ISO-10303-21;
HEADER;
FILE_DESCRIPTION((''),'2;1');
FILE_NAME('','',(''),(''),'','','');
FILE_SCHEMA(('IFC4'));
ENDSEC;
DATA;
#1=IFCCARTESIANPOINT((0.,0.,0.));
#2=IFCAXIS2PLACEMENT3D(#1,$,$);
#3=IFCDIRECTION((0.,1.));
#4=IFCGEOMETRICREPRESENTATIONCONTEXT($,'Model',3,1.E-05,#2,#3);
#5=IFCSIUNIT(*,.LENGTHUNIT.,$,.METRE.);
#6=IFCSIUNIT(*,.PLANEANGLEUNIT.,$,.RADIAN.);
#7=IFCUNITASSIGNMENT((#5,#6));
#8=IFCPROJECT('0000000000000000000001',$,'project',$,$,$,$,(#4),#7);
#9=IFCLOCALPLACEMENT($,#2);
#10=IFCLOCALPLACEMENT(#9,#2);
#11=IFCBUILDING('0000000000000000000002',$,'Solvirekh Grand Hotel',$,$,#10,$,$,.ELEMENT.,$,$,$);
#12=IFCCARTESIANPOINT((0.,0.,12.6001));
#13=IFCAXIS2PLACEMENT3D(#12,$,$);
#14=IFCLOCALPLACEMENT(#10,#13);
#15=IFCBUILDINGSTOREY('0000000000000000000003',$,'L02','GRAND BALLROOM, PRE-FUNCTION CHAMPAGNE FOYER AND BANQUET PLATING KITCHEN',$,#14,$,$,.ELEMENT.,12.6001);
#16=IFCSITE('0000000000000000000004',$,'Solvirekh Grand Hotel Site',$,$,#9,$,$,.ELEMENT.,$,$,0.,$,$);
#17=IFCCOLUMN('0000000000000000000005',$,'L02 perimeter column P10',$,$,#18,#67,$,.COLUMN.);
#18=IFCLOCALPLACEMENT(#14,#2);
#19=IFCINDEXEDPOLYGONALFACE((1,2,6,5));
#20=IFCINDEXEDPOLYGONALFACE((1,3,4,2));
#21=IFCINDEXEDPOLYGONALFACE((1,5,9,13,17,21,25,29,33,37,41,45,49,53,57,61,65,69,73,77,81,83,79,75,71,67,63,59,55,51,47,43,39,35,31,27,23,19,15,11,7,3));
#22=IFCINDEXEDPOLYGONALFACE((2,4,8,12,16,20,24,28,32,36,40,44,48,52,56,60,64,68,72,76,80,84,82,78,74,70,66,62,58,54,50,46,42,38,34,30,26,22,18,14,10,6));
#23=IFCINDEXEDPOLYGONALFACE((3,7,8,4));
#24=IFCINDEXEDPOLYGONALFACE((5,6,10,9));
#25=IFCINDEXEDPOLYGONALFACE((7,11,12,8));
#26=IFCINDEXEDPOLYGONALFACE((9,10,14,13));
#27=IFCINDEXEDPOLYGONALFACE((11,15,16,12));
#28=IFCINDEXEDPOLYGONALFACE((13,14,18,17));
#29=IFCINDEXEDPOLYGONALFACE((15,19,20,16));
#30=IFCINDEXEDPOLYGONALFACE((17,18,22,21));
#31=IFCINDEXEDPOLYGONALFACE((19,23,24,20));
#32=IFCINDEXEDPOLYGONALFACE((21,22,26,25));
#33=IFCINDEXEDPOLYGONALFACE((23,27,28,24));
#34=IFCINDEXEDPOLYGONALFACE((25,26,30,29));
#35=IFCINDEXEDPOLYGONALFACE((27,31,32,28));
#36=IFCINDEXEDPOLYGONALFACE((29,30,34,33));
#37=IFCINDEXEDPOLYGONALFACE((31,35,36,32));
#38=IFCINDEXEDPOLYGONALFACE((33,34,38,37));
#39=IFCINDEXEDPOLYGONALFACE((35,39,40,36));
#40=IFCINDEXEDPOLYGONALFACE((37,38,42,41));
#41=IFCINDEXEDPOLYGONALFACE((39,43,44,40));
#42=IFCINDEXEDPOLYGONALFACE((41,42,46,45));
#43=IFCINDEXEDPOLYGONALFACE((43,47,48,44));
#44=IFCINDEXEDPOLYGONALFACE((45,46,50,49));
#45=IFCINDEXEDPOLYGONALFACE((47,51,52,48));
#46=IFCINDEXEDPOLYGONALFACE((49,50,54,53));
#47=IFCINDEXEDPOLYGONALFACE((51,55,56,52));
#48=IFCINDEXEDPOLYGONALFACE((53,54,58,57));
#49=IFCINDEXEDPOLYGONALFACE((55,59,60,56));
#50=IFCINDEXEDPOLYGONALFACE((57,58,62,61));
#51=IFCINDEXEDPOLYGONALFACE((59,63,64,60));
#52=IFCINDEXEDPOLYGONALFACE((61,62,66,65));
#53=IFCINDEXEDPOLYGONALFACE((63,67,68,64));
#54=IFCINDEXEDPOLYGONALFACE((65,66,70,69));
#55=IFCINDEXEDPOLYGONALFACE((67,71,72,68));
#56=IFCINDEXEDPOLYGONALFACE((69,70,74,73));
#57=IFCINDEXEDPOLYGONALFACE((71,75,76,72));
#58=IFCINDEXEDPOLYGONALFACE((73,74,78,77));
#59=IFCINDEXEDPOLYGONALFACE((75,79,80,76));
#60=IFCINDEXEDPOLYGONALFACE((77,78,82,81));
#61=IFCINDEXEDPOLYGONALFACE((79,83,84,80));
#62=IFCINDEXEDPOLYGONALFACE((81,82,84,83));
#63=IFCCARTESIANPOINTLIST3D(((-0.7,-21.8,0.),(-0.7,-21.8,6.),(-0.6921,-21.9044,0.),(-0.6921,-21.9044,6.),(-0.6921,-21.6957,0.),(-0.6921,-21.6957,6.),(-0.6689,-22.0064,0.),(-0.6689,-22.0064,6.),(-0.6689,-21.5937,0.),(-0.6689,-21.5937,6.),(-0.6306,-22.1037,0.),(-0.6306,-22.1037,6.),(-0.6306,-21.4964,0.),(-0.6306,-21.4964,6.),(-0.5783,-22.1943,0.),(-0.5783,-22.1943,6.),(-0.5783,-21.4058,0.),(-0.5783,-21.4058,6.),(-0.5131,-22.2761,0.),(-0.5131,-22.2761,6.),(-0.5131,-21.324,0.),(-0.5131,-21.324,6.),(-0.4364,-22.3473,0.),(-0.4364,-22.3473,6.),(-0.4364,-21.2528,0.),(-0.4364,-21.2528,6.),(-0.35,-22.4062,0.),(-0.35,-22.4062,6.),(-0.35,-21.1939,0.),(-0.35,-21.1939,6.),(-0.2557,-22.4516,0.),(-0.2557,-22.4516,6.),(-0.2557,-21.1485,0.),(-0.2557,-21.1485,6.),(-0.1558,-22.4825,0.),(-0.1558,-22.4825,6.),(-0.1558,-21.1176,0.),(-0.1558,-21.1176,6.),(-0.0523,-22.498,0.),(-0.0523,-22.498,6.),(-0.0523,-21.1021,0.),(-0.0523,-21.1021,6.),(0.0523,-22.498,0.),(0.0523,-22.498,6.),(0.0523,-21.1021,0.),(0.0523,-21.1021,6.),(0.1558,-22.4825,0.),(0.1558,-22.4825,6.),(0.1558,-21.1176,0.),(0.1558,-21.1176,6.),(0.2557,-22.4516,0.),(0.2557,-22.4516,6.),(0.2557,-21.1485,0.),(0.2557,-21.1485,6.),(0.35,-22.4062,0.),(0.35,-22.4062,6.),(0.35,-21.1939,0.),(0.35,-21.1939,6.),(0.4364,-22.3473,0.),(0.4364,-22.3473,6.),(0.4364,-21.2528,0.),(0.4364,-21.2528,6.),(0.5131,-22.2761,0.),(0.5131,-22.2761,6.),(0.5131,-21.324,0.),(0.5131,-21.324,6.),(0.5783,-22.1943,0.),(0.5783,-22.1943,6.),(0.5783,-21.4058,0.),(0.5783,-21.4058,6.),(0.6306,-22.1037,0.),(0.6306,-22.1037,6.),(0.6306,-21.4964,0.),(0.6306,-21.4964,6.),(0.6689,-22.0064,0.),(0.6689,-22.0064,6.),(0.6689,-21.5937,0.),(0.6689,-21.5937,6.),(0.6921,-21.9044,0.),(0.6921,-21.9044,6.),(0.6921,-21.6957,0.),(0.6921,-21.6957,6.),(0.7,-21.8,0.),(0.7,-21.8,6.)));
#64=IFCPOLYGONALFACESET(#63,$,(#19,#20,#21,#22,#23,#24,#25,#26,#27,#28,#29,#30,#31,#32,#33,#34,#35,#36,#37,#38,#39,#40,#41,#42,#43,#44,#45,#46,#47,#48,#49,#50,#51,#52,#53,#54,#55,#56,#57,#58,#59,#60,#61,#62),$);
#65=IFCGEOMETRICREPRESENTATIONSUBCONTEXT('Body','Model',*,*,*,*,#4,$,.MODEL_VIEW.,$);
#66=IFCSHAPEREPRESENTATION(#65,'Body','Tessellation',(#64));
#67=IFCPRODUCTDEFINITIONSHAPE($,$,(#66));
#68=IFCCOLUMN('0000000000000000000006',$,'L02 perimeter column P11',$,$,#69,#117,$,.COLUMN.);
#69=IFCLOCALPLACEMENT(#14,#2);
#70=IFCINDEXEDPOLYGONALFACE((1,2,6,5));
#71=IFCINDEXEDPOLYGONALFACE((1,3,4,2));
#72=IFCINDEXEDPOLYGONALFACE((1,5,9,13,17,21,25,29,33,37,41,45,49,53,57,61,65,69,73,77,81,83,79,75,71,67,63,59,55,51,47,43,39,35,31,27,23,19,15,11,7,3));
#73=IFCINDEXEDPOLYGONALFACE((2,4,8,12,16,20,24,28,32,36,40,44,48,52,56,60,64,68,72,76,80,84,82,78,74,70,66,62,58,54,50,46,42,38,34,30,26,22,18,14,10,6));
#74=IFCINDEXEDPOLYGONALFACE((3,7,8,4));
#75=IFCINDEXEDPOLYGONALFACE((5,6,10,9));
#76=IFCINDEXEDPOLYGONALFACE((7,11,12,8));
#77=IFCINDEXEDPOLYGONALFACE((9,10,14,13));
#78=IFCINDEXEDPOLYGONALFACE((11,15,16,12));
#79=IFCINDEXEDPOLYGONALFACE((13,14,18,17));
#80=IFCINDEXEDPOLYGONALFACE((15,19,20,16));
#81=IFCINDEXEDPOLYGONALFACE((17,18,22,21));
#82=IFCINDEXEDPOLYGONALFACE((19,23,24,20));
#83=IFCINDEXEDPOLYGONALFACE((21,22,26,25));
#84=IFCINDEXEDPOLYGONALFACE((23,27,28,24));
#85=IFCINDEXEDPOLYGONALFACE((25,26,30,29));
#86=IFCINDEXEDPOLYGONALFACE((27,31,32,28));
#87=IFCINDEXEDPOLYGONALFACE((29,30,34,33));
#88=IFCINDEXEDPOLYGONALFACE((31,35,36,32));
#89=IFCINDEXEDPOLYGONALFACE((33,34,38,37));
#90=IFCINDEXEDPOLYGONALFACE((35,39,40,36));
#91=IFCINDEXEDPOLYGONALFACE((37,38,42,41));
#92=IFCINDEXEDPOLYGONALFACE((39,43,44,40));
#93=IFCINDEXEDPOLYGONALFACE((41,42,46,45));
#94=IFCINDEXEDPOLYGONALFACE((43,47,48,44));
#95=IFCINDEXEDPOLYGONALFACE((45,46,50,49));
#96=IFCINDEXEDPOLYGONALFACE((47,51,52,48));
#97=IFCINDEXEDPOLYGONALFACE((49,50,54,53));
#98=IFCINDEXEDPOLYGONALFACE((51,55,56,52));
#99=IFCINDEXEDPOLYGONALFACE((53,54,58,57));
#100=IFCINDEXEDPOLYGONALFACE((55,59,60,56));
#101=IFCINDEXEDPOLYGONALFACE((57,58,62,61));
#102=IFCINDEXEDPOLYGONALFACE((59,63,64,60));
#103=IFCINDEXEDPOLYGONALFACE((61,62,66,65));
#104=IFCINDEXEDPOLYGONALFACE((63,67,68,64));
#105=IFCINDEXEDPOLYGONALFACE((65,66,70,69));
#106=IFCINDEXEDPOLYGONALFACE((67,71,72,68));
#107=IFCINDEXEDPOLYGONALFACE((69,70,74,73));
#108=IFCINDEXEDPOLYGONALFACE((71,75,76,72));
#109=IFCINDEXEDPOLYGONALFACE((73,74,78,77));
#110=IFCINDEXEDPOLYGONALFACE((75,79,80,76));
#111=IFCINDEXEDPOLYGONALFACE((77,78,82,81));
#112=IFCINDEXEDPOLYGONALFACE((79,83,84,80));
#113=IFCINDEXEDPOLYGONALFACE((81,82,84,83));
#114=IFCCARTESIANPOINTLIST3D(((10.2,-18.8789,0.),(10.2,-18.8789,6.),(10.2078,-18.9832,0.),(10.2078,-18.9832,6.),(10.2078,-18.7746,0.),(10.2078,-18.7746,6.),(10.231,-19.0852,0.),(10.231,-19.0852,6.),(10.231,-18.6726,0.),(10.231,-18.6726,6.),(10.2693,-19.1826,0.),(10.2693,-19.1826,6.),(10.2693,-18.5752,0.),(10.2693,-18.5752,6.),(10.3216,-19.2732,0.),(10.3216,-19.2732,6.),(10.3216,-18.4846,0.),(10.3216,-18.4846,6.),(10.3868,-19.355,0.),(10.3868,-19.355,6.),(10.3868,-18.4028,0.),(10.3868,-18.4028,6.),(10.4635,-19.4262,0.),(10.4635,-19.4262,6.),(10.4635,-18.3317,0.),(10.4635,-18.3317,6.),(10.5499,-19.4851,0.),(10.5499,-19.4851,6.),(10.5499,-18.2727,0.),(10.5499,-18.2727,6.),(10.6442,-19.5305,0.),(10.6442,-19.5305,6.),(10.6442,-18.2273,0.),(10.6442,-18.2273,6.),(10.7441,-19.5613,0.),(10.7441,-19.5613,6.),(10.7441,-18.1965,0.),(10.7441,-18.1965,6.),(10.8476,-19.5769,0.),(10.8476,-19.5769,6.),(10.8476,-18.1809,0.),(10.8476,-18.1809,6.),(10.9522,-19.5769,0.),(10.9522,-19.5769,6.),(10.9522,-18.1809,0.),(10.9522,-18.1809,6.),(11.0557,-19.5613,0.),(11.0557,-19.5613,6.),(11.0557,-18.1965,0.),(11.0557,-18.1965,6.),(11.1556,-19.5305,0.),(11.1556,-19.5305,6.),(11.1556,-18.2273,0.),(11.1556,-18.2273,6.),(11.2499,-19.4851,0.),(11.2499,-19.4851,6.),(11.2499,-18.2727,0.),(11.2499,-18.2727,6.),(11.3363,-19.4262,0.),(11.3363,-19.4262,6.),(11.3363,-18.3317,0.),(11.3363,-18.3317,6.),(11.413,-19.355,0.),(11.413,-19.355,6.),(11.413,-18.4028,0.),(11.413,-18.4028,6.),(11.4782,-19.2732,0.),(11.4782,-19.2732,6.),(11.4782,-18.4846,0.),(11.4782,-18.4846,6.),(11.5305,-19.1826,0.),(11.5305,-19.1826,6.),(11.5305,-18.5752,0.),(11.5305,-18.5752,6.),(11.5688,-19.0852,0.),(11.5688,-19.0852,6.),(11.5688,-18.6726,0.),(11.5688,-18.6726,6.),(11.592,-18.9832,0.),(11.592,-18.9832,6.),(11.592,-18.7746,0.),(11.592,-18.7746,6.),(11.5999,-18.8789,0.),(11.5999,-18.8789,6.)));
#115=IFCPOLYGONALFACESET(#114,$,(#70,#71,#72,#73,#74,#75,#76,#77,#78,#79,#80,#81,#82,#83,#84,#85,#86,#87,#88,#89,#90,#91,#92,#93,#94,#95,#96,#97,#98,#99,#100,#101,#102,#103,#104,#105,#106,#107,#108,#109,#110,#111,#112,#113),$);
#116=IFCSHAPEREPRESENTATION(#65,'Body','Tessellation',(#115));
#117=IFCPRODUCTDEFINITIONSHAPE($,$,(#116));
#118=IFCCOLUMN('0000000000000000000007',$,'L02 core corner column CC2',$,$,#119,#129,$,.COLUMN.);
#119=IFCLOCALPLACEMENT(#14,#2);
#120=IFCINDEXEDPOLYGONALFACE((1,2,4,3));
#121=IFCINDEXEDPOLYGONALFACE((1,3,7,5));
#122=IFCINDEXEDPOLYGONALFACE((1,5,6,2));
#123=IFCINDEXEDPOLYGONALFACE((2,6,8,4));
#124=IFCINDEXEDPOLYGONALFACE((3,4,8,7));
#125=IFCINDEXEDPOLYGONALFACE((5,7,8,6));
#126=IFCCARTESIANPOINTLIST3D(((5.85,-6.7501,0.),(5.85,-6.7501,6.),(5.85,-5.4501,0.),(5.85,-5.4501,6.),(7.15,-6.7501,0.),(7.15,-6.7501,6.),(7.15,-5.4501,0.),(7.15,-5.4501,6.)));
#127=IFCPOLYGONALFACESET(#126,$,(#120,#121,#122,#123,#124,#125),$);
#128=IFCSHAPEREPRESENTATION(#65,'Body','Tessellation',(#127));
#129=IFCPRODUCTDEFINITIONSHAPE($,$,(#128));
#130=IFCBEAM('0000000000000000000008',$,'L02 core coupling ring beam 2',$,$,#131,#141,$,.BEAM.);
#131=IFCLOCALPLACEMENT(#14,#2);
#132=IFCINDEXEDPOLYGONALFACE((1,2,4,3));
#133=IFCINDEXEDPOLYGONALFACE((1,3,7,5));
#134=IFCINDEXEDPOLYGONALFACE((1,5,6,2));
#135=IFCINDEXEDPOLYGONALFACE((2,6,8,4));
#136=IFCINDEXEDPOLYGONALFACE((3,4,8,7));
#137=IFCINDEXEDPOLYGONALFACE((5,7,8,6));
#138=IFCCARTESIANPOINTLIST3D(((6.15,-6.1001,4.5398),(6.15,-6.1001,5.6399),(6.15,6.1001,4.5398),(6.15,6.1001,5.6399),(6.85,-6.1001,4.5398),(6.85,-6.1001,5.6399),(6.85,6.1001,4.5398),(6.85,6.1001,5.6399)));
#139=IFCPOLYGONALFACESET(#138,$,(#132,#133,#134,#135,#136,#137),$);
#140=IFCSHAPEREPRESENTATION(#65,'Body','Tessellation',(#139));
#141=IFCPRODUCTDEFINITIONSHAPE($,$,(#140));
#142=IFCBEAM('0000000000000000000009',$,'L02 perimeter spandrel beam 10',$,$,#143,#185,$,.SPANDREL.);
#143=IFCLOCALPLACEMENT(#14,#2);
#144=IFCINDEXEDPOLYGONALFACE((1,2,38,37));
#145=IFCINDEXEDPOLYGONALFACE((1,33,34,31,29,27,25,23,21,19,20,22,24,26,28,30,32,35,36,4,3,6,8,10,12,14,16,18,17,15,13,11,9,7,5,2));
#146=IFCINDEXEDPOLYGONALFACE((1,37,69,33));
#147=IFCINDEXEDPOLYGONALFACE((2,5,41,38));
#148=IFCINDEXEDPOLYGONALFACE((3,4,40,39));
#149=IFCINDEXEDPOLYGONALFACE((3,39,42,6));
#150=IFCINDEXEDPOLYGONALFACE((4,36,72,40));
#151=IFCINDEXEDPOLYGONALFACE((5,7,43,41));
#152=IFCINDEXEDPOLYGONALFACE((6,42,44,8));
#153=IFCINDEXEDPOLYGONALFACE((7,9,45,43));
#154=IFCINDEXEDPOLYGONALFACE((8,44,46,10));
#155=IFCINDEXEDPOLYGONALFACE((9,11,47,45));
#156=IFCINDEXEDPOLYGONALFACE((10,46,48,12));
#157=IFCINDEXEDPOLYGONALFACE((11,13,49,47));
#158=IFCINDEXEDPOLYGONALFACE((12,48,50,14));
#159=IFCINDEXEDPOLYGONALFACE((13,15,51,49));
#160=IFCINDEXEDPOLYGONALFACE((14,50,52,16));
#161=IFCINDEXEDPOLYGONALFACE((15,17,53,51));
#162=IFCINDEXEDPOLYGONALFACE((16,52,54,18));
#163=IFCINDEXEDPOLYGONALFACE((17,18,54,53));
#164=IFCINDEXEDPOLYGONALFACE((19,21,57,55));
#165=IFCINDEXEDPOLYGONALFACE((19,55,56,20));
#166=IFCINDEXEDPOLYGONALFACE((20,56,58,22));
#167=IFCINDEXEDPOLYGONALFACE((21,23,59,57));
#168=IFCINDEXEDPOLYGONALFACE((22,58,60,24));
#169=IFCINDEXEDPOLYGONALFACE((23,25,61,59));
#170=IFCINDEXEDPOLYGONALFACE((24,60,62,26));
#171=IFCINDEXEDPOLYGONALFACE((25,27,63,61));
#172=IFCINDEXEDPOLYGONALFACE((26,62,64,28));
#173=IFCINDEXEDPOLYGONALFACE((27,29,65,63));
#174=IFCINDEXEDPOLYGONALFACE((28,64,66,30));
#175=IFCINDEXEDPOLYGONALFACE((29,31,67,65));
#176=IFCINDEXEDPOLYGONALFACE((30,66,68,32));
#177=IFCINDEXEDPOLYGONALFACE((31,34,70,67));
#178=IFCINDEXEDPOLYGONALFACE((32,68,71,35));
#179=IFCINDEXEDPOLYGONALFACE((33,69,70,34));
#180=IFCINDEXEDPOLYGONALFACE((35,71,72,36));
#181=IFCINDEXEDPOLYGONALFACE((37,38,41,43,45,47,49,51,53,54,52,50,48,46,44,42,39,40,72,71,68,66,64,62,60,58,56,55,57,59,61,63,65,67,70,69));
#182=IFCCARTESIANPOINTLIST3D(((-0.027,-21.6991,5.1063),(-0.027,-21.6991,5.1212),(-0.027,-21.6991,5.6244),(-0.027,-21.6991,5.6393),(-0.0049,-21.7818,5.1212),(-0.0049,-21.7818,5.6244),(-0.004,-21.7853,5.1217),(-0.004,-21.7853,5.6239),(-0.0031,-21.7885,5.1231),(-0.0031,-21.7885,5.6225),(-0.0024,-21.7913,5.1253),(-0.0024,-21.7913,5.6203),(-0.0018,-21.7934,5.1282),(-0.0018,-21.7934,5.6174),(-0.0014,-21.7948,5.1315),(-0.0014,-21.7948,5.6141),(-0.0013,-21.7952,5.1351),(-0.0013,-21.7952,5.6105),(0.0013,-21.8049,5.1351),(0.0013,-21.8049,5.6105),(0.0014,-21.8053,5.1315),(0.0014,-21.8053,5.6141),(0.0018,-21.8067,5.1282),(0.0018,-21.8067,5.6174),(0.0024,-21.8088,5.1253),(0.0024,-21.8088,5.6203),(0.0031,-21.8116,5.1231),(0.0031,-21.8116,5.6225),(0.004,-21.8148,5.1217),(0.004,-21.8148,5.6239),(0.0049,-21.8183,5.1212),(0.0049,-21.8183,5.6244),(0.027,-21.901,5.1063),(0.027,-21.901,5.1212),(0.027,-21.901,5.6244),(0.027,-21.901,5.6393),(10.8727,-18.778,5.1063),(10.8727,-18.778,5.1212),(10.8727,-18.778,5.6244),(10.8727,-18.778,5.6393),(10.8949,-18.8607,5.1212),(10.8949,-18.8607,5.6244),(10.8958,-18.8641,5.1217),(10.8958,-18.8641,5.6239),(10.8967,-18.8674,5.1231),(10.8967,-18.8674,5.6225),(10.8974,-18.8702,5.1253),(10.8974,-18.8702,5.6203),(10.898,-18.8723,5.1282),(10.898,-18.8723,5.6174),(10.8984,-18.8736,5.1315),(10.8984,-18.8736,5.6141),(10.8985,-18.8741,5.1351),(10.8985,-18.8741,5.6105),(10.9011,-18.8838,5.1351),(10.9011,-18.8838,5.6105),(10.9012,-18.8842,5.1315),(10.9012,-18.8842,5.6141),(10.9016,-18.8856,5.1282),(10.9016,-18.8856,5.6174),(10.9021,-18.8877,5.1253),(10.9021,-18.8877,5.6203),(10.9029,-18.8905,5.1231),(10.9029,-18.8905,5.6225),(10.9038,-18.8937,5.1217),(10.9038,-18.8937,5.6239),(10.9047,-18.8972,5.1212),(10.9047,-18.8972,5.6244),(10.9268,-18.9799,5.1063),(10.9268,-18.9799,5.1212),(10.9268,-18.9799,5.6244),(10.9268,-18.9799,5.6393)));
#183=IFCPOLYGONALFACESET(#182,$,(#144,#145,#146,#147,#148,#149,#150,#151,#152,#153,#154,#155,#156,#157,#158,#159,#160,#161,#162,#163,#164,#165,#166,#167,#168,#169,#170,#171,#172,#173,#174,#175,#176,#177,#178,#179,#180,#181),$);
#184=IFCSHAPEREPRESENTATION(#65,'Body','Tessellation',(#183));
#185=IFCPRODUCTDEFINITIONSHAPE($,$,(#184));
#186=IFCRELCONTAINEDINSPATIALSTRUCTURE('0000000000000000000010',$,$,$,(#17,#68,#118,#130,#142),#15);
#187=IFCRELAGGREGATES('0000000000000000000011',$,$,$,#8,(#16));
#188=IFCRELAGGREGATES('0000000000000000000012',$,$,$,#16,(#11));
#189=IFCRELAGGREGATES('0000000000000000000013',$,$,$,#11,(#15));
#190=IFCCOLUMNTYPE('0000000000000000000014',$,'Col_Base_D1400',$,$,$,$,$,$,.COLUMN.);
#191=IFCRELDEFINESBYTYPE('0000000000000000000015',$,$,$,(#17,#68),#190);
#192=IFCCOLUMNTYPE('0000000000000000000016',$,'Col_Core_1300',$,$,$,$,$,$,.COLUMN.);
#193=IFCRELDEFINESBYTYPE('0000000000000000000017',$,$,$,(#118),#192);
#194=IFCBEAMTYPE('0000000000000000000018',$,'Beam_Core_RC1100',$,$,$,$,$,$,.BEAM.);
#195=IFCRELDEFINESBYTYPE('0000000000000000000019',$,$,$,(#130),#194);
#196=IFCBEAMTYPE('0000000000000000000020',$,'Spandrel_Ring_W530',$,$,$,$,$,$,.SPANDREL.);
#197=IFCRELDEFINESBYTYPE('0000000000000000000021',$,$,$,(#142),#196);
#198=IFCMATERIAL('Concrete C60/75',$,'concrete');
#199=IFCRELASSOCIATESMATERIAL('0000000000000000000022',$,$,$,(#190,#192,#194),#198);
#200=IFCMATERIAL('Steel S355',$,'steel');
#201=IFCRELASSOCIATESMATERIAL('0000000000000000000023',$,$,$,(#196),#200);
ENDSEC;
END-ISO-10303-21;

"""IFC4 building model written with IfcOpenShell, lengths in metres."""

from ifc_helpers import new_model, si_unit, direction, frame, origin, origin_2d, place, context, subcontext, project, spatial, rectangle, circle, i_section, extrude, material, material_profile, profile_set, type_object, element, save


model = new_model("IFC4")

# Units and contexts
model_context = context("Model", 3, precision=1e-05, world=origin(), true_north=direction((0.0, 1.0)))
body_context = subcontext(model_context, "Body", "Model", "MODEL_VIEW")
ifc_project = project(units=[si_unit("LENGTHUNIT", "METRE"), si_unit("PLANEANGLEUNIT", "RADIAN")], contexts=[model_context])

# Site, building, storey
site_placement = place(None, origin())
site = spatial("IfcSite", under=ifc_project, at=site_placement, Name="Solvirekh Grand Hotel Site", CompositionType="ELEMENT", RefElevation=0.0)
building_placement = place(site_placement, origin())
building = spatial("IfcBuilding", under=site, at=building_placement, Name="Solvirekh Grand Hotel", CompositionType="ELEMENT")
storey_placement = place(building_placement, frame((0.0, 0.0, 12.6001)))
storey = spatial("IfcBuildingStorey", under=building, at=storey_placement, Name="L02", Description="GRAND BALLROOM, PRE-FUNCTION CHAMPAGNE FOYER AND BANQUET PLATING KITCHEN", CompositionType="ELEMENT", Elevation=12.6001)

# Columns
ifc_material_1 = material(Name="Concrete C60/75", Category="concrete")
ifc_material_profile_1 = material_profile(ifc_material_1, circle(Radius=0.7, at=origin_2d()), Name="RC CIRC D1400")
ifc_profile_set_1 = profile_set([ifc_material_profile_1], Name="Concrete C60/75")
column_type_1 = type_object("IfcColumnType", Name="Col_Base_D1400", PredefinedType="COLUMN", material=ifc_profile_set_1)
for number, where, z_axis, x_axis, name in (
    (1, (0.0, -21.8, 0.0), (0.0, 0.0, 1.0), (1.0, 0.0, 0.0), "L02 perimeter column P10"),
    (2, (10.8999, -18.8789, 0.0), (0.0, 0.0, 1.0), (1.0, 0.0, 0.0), "L02 perimeter column P11"),
):
    element("IfcColumn", number, at=place(storey_placement, frame(where, z_axis=z_axis, x_axis=x_axis)), inside=storey, type_object=column_type_1, Name=name, PredefinedType="COLUMN", context=body_context, shape_type="SweptSolid", body=[
        extrude(circle(Radius=0.7, at=origin_2d()), origin(), (0.0, 0.0, 1.0), 6.0),
    ])
ifc_material_profile_2 = material_profile(ifc_material_1, rectangle(XDim=1.3, YDim=1.3, at=origin_2d()), Name="RC 1300X1300")
ifc_profile_set_2 = profile_set([ifc_material_profile_2], Name="Concrete C60/75")
column_type_2 = type_object("IfcColumnType", Name="Col_Core_1300", PredefinedType="COLUMN", material=ifc_profile_set_2)
column_placement = place(storey_placement, frame((6.5, -6.1001, 0.0), z_axis=(0.0, 0.0, 1.0), x_axis=(1.0, 0.0, 0.0)))
element("IfcColumn", 3, at=column_placement, inside=storey, type_object=column_type_2, Name="L02 core corner column CC2", PredefinedType="COLUMN", context=body_context, shape_type="SweptSolid", body=[
    extrude(rectangle(XDim=1.3, YDim=1.3, at=origin_2d()), origin(), (0.0, 0.0, 1.0), 6.0),
])

# Beams
ifc_material_profile_3 = material_profile(ifc_material_1, rectangle(XDim=0.7, YDim=1.1001, at=origin_2d()), Name="RC BEAM 700X1100")
ifc_profile_set_3 = profile_set([ifc_material_profile_3], Name="Concrete C60/75")
beam_type_1 = type_object("IfcBeamType", Name="Beam_Core_RC1100", PredefinedType="BEAM", material=ifc_profile_set_3)
beam_1_placement = place(storey_placement, frame((6.5, -6.1001, 5.0898), z_axis=(0.0, 1.0, 0.0), x_axis=(-1.0, 0.0, 0.0)))
element("IfcBeam", 4, at=beam_1_placement, inside=storey, type_object=beam_type_1, Name="L02 core coupling ring beam 2", PredefinedType="BEAM", context=body_context, shape_type="SweptSolid", body=[
    extrude(rectangle(XDim=0.7, YDim=1.1001, at=origin_2d()), origin(), (0.0, 0.0, 1.0), 12.2002),
])
ifc_material_2 = material(Name="Steel S355", Category="steel")
ifc_material_profile_4 = material_profile(ifc_material_2, i_section(OverallWidth=0.209, OverallDepth=0.533, WebThickness=0.01, FlangeThickness=0.0149, FilletRadius=0.0139, at=origin_2d()), Name="W530X92")
ifc_profile_set_4 = profile_set([ifc_material_profile_4], Name="Steel S355")
beam_type_2 = type_object("IfcBeamType", Name="Spandrel_Ring_W530", PredefinedType="SPANDREL", material=ifc_profile_set_4)
beam_2_placement = place(storey_placement, frame((0.0, -21.8, 5.3728), z_axis=(0.965914, 0.258862, 0.0), x_axis=(-0.258862, 0.965914, 0.0)))
element("IfcBeam", 5, at=beam_2_placement, inside=storey, type_object=beam_type_2, Name="L02 perimeter spandrel beam 10", PredefinedType="SPANDREL", context=body_context, shape_type="SweptSolid", body=[
    extrude(i_section(OverallWidth=0.209, OverallDepth=0.533, WebThickness=0.01, FlangeThickness=0.0149, FilletRadius=0.0139, at=origin_2d()), origin(), (0.0, 0.0, 1.0), 11.2844),
])

save(model, "model.ifc")
